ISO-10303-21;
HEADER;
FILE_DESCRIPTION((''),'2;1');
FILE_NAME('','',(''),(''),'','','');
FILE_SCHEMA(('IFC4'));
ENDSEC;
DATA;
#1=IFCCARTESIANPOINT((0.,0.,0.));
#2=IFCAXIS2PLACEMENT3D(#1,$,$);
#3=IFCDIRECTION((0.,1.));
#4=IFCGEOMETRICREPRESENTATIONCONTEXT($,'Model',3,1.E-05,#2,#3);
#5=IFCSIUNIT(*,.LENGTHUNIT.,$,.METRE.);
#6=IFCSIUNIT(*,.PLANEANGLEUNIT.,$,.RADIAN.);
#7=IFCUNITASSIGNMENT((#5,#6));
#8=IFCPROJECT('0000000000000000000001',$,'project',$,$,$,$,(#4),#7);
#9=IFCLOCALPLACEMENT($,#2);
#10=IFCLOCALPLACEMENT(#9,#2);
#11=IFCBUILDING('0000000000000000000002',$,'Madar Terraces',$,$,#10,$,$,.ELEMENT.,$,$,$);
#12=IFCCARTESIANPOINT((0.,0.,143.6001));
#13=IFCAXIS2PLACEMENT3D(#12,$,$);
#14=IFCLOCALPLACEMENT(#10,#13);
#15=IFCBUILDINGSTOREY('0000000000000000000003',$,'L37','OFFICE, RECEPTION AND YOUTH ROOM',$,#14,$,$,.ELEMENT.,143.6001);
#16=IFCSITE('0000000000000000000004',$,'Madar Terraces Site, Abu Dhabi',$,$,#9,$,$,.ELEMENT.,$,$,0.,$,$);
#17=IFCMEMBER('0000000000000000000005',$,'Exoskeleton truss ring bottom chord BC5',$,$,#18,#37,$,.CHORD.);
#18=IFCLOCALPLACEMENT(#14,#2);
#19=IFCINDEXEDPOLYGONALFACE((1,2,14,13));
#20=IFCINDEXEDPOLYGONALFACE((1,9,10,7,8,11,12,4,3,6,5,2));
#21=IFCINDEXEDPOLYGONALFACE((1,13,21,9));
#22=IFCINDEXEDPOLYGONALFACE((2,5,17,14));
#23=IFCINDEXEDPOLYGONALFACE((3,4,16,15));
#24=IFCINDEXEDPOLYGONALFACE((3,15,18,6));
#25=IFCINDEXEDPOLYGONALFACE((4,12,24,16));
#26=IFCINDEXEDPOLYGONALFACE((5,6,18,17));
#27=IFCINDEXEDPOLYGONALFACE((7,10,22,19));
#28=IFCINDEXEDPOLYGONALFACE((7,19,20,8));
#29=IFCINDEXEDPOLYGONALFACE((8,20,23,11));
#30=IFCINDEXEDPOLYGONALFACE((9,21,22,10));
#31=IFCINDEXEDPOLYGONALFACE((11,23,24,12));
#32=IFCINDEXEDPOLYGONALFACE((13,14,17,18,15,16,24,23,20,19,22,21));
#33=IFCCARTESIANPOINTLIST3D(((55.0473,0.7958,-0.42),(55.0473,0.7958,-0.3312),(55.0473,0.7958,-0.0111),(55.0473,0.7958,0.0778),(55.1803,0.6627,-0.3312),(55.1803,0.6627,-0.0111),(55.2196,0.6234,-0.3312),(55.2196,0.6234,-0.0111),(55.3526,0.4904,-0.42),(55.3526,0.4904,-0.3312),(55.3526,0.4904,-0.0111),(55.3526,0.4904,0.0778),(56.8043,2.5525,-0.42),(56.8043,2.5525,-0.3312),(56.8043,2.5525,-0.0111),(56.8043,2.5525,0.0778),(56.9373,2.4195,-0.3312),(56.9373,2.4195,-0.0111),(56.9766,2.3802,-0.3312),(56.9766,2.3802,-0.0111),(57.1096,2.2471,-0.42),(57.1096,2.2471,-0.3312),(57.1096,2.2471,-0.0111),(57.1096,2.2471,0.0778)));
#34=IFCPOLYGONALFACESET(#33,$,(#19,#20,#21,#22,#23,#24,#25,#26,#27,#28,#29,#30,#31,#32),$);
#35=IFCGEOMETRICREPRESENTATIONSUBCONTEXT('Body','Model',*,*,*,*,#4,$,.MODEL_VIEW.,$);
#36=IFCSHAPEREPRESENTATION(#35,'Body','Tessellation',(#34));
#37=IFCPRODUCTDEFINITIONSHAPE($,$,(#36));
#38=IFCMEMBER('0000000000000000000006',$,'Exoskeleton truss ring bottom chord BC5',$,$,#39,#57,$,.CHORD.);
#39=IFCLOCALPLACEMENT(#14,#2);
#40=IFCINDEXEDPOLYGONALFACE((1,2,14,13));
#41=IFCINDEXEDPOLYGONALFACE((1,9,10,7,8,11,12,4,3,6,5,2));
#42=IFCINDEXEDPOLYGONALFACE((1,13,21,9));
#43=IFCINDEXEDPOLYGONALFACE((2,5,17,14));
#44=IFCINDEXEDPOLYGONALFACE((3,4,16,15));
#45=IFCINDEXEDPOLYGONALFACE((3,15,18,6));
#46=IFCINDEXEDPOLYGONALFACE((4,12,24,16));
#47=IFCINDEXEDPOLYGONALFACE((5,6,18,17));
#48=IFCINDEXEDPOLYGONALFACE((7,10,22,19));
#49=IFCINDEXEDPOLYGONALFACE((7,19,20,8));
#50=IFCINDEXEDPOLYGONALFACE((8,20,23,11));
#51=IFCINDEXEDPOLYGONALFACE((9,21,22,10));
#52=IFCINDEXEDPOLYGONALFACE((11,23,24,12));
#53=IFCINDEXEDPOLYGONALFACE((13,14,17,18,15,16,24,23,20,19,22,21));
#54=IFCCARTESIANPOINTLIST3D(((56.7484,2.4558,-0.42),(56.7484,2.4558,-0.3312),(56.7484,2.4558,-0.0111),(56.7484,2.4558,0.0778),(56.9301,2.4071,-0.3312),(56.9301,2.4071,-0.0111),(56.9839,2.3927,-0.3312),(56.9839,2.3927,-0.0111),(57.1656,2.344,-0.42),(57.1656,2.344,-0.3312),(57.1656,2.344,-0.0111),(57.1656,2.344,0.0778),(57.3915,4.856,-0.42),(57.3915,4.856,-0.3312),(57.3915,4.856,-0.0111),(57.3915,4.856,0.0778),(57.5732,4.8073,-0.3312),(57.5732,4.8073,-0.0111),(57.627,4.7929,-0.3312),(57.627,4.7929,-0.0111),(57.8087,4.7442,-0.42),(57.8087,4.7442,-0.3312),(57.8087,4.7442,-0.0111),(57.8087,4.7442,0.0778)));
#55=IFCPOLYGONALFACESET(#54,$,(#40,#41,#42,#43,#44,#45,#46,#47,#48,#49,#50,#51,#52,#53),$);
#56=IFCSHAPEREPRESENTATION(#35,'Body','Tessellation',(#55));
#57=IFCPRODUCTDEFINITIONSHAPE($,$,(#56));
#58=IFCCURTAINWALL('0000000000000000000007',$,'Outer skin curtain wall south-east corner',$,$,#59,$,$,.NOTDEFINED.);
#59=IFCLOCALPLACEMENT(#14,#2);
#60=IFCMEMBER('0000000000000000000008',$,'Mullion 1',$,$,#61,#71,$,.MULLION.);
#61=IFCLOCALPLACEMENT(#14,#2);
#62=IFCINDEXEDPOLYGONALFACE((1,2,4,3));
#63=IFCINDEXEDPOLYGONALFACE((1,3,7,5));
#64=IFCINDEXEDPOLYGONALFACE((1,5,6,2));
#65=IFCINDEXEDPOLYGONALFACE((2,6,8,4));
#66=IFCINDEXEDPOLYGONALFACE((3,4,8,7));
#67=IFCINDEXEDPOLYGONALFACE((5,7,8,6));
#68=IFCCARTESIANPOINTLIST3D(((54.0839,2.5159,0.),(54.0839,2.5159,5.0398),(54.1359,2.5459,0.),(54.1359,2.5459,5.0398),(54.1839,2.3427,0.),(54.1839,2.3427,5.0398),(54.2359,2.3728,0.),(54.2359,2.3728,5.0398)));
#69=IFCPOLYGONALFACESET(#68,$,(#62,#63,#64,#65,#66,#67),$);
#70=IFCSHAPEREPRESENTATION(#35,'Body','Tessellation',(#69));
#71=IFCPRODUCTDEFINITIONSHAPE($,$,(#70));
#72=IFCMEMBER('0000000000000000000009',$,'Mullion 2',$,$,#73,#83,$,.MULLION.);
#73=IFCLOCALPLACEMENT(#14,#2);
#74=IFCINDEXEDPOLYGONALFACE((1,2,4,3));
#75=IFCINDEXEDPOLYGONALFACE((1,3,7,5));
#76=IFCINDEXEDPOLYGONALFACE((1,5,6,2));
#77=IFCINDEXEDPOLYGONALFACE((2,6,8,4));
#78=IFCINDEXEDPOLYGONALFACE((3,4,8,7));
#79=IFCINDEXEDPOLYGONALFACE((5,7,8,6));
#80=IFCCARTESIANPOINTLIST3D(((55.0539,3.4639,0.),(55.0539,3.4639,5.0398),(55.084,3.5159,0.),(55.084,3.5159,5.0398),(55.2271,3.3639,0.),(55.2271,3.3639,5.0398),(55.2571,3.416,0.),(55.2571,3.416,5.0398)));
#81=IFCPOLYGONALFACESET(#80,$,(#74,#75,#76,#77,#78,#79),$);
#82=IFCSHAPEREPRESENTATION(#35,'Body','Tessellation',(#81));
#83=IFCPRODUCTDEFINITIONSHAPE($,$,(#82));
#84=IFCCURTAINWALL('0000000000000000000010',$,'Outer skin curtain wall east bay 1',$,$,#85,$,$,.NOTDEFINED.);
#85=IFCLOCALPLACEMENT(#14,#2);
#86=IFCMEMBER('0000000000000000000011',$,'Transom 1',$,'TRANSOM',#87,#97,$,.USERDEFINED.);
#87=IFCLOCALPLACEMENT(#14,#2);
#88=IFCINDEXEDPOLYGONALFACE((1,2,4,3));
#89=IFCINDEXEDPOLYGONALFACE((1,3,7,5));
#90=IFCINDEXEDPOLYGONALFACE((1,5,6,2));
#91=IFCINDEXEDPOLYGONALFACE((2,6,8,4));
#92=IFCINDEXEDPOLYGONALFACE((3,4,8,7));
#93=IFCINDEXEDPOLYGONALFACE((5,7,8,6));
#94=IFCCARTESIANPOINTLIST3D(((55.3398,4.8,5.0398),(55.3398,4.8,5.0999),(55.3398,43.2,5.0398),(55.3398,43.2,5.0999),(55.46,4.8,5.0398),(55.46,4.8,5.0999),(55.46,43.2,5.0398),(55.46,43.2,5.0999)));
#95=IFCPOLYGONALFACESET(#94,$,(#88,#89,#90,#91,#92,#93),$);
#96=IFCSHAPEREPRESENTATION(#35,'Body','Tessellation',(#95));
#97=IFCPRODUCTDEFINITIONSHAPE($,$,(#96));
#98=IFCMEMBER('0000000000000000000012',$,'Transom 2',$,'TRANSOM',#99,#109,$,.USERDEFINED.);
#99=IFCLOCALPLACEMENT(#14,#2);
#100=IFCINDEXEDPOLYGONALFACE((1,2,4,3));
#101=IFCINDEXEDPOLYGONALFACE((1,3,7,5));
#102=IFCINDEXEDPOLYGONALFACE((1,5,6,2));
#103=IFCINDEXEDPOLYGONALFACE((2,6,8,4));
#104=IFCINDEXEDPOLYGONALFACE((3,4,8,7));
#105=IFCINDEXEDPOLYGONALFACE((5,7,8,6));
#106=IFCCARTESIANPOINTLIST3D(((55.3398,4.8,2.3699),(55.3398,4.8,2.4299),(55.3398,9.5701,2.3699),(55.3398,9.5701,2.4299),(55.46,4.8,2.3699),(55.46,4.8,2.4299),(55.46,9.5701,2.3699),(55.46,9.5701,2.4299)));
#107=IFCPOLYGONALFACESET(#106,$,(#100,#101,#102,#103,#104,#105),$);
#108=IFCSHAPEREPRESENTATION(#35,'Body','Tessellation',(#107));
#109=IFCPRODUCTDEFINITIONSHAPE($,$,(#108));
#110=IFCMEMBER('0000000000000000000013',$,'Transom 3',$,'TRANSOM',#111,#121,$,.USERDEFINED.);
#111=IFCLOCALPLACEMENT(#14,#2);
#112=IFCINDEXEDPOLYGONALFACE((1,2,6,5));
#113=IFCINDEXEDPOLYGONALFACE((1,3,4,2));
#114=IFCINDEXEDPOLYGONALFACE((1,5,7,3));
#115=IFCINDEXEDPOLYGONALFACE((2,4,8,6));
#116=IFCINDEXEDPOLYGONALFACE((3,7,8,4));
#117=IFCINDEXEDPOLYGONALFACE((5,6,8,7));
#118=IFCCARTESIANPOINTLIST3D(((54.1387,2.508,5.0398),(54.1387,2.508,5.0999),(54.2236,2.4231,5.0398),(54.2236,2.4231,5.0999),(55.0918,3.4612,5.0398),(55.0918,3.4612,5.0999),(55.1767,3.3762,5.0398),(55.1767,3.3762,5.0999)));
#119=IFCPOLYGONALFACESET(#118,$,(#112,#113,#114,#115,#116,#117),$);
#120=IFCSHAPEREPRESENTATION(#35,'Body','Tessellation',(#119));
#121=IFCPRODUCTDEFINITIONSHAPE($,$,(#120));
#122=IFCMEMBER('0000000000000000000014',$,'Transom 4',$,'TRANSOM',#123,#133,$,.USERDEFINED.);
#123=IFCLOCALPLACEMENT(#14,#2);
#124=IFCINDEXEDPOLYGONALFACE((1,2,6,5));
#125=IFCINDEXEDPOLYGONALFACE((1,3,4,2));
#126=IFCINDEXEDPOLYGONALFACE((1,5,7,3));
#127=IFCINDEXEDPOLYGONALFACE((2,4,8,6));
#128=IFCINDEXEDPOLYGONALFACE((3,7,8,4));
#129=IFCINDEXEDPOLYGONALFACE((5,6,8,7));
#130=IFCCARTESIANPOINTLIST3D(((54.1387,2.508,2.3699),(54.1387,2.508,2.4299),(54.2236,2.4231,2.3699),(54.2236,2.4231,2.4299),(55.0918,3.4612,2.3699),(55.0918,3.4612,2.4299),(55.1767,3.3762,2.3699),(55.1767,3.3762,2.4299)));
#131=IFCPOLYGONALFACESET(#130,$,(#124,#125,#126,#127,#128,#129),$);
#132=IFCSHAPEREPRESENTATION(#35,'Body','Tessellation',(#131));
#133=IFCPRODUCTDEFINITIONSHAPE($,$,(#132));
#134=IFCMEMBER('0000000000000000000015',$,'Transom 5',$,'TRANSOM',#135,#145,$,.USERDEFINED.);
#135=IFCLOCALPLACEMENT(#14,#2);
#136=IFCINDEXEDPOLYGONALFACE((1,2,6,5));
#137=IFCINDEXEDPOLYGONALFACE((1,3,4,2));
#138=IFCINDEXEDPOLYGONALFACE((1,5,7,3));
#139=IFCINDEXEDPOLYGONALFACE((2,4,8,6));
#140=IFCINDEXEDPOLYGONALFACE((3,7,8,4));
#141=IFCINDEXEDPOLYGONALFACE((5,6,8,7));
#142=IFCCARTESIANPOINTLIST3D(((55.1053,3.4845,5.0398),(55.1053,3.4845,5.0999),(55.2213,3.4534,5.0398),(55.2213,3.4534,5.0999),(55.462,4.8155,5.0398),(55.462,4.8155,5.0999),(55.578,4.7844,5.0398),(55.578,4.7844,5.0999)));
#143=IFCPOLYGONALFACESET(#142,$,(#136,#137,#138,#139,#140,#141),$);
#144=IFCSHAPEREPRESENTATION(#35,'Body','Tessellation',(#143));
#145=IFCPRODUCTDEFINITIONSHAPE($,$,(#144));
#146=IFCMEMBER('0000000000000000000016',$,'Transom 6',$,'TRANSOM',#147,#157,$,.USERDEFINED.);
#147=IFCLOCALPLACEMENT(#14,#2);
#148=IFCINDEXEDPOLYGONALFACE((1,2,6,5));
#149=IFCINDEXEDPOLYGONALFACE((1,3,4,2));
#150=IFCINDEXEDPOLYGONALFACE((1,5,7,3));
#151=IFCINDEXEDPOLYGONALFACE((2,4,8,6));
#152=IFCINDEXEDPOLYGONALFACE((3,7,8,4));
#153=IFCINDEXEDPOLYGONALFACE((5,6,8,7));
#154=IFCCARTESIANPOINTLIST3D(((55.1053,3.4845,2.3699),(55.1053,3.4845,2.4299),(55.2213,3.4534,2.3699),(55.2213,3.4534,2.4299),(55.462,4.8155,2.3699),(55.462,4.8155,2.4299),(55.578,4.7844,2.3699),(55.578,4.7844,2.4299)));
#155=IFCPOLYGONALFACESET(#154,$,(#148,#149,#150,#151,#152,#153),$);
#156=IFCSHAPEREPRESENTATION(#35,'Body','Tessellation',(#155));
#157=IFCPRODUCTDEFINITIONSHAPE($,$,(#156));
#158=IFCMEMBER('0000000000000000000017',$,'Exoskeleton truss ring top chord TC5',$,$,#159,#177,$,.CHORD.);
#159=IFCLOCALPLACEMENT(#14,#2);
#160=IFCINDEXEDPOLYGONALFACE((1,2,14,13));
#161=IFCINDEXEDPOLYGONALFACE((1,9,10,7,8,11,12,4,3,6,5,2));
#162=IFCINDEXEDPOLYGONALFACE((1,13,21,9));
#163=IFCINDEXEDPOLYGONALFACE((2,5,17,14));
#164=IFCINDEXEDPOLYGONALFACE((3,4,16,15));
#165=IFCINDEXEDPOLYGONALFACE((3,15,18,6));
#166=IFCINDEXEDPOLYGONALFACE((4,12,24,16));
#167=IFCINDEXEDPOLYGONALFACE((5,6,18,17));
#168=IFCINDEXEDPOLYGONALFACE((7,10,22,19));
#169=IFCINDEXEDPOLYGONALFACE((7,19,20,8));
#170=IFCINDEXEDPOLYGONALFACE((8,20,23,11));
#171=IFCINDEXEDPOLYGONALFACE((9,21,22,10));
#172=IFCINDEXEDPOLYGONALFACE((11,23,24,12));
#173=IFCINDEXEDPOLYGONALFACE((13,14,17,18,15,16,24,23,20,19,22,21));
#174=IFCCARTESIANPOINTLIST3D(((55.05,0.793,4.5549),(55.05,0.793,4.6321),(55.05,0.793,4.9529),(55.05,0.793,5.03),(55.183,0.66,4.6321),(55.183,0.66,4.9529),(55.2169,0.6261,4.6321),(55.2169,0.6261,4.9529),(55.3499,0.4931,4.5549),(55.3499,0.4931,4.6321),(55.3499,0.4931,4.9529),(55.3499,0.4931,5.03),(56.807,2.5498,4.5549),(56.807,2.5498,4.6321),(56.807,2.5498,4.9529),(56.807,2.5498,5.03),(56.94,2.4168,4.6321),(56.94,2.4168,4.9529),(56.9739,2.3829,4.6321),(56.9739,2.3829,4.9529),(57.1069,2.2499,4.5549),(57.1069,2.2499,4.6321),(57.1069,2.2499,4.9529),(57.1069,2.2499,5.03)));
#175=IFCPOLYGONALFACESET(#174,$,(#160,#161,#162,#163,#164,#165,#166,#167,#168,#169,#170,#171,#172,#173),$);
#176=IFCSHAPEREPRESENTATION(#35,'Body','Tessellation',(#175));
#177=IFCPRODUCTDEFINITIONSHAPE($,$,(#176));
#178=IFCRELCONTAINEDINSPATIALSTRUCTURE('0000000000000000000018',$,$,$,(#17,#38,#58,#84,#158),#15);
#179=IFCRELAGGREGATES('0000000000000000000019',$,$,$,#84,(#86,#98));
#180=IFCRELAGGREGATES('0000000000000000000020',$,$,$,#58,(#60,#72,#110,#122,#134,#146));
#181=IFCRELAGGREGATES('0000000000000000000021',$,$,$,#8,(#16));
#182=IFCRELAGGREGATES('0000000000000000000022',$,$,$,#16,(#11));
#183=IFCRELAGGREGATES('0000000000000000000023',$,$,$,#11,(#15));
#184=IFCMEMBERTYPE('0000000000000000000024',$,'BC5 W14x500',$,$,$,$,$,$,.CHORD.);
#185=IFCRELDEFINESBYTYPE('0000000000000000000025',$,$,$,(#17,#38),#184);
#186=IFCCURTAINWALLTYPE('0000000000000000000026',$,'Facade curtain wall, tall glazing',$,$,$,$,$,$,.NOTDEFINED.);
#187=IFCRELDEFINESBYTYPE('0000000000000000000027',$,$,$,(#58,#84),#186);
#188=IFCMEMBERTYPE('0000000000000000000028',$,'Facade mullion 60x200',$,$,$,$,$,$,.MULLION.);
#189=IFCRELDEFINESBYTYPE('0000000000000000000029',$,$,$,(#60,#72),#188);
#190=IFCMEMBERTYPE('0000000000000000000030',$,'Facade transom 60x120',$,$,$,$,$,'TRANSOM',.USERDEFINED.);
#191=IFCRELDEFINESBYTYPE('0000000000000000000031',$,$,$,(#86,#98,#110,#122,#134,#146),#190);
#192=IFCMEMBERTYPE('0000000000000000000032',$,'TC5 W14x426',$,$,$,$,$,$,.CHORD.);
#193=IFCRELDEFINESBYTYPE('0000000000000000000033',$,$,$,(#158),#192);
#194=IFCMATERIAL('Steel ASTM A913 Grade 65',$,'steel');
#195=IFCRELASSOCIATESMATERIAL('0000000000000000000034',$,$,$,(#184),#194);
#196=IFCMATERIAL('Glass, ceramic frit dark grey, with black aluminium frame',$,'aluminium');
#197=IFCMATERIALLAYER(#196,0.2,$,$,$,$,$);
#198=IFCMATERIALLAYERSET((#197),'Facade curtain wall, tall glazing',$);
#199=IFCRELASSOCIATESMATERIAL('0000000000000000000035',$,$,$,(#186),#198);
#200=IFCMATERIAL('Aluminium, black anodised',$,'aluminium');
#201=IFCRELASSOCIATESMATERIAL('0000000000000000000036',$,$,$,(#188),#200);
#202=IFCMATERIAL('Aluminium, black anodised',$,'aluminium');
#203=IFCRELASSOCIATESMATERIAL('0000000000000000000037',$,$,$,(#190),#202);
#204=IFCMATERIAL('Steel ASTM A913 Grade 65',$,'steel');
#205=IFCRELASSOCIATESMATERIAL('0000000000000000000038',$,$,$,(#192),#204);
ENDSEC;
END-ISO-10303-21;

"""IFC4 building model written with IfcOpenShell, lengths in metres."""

from ifc_helpers import new_model, si_unit, direction, frame, origin, origin_2d, place, context, subcontext, project, spatial, rectangle, i_section, extrude, material, layer, layer_set, material_profile, profile_set, type_object, element, aggregate, save


model = new_model("IFC4")

# Units and contexts
model_context = context("Model", 3, precision=1e-05, world=origin(), true_north=direction((0.0, 1.0)))
body_context = subcontext(model_context, "Body", "Model", "MODEL_VIEW")
ifc_project = project(units=[si_unit("LENGTHUNIT", "METRE"), si_unit("PLANEANGLEUNIT", "RADIAN")], contexts=[model_context])

# Site, building, storey
site_placement = place(None, origin())
site = spatial("IfcSite", under=ifc_project, at=site_placement, Name="Madar Terraces Site, Abu Dhabi", CompositionType="ELEMENT", RefElevation=0.0)
building_placement = place(site_placement, origin())
building = spatial("IfcBuilding", under=site, at=building_placement, Name="Madar Terraces", CompositionType="ELEMENT")
storey_placement = place(building_placement, frame((0.0, 0.0, 143.6001)))
storey = spatial("IfcBuildingStorey", under=building, at=storey_placement, Name="L37", Description="OFFICE, RECEPTION AND YOUTH ROOM", CompositionType="ELEMENT", Elevation=143.6001)

# Members
ifc_material_1 = material(Name="Steel ASTM A913 Grade 65", Category="steel")
ifc_material_profile_1 = material_profile(ifc_material_1, i_section(OverallWidth=0.4319, OverallDepth=0.4978, WebThickness=0.0557, FlangeThickness=0.0889, at=origin_2d()), Name="W14x500")
ifc_profile_set_1 = profile_set([ifc_material_profile_1], Name="Steel ASTM A913 Grade 65")
member_type_1 = type_object("IfcMemberType", Name="BC5 W14x500", PredefinedType="CHORD", material=ifc_profile_set_1)
member_1_placement = place(storey_placement, frame((55.2, 0.6431, -0.1711), z_axis=(0.707156, 0.707058, 0.0), x_axis=(-0.707058, 0.707156, 0.0)))
element("IfcMember", 1, at=member_1_placement, inside=storey, type_object=member_type_1, Name="Exoskeleton truss ring bottom chord BC5", PredefinedType="CHORD", context=body_context, shape_type="SweptSolid", body=[
    extrude(i_section(OverallWidth=0.4319, OverallDepth=0.4978, WebThickness=0.0557, FlangeThickness=0.0889, at=origin_2d()), origin(), (0.0, 0.0, 1.0), 2.4846),
])
member_2_placement = place(storey_placement, frame((56.957, 2.3999, -0.1711), z_axis=(0.2588, 0.965931, 0.0), x_axis=(-0.965931, 0.2588, 0.0)))
element("IfcMember", 2, at=member_2_placement, inside=storey, type_object=member_type_1, Name="Exoskeleton truss ring bottom chord BC5", PredefinedType="CHORD", context=body_context, shape_type="SweptSolid", body=[
    extrude(i_section(OverallWidth=0.4319, OverallDepth=0.4978, WebThickness=0.0557, FlangeThickness=0.0889, at=origin_2d()), origin(), (0.0, 0.0, 1.0), 2.4849),
])

# Curtain walls, members
ifc_material_2 = material(Name="Glass, ceramic frit dark grey, with black aluminium frame", Category="aluminium")
ifc_layer_1 = layer(ifc_material_2, 0.2)
ifc_layer_set_1 = layer_set([ifc_layer_1], Name="Facade curtain wall, tall glazing")
curtain_wall_type = type_object("IfcCurtainWallType", Name="Facade curtain wall, tall glazing", PredefinedType="NOTDEFINED", material=ifc_layer_set_1)
curtain_wall_1_placement = place(storey_placement, origin())
curtain_wall_1 = element("IfcCurtainWall", 3, at=curtain_wall_1_placement, inside=storey, type_object=curtain_wall_type, Name="Outer skin curtain wall south-east corner", PredefinedType="NOTDEFINED")
ifc_material_3 = material(Name="Aluminium, black anodised", Category="aluminium")
ifc_material_profile_2 = material_profile(ifc_material_3, rectangle(XDim=0.2, YDim=0.0601, at=origin_2d()), Name="Facade mullion 60x200")
ifc_profile_set_2 = profile_set([ifc_material_profile_2], Name="Aluminium, black anodised")
member_type_2 = type_object("IfcMemberType", Name="Facade mullion 60x200", PredefinedType="MULLION", material=ifc_profile_set_2)
member_3_placement = place(storey_placement, frame((54.1599, 2.4443, 0.0), z_axis=(0.0, 0.0, 1.0), x_axis=(-0.5, 0.866025, 0.0)))
member_3 = element("IfcMember", 4, at=member_3_placement, type_object=member_type_2, Name="Mullion 1", PredefinedType="MULLION", context=body_context, shape_type="SweptSolid", body=[
    extrude(rectangle(XDim=0.2, YDim=0.0601, at=origin_2d()), origin(), (0.0, 0.0, 1.0), 5.0398),
])
member_4_placement = place(storey_placement, frame((55.1555, 3.4399, 0.0), z_axis=(0.0, 0.0, 1.0), x_axis=(-0.866025, 0.5, 0.0)))
member_4 = element("IfcMember", 5, at=member_4_placement, type_object=member_type_2, Name="Mullion 2", PredefinedType="MULLION", context=body_context, shape_type="SweptSolid", body=[
    extrude(rectangle(XDim=0.2, YDim=0.0601, at=origin_2d()), origin(), (0.0, 0.0, 1.0), 5.0398),
])
curtain_wall_2_placement = place(storey_placement, origin())
curtain_wall_2 = element("IfcCurtainWall", 6, at=curtain_wall_2_placement, inside=storey, type_object=curtain_wall_type, Name="Outer skin curtain wall east bay 1", PredefinedType="NOTDEFINED")
ifc_material_4 = material(Name="Aluminium, black anodised", Category="aluminium")
ifc_material_profile_3 = material_profile(ifc_material_4, rectangle(XDim=0.1201, YDim=0.0601, at=origin_2d()), Name="Facade transom 60x120")
ifc_profile_set_3 = profile_set([ifc_material_profile_3], Name="Aluminium, black anodised")
member_type_3 = type_object("IfcMemberType", Name="Facade transom 60x120", ElementType="TRANSOM", PredefinedType="USERDEFINED", material=ifc_profile_set_3)
member_5_placement = place(storey_placement, frame((55.3999, 4.8, 5.0698), z_axis=(0.0, 1.0, 0.0), x_axis=(-1.0, 0.0, 0.0)))
member_5 = element("IfcMember", 7, at=member_5_placement, type_object=member_type_3, Name="Transom 1", ObjectType="TRANSOM", PredefinedType="USERDEFINED", context=body_context, shape_type="SweptSolid", body=[
    extrude(rectangle(XDim=0.1201, YDim=0.0601, at=origin_2d()), origin(), (0.0, 0.0, 1.0), 38.3999),
])
member_6_placement = place(storey_placement, frame((55.3999, 4.8, 2.3999), z_axis=(0.0, 1.0, 0.0), x_axis=(-1.0, 0.0, 0.0)))
member_6 = element("IfcMember", 8, at=member_6_placement, type_object=member_type_3, Name="Transom 2", ObjectType="TRANSOM", PredefinedType="USERDEFINED", context=body_context, shape_type="SweptSolid", body=[
    extrude(rectangle(XDim=0.1201, YDim=0.0601, at=origin_2d()), origin(), (0.0, 0.0, 1.0), 4.77),
])
aggregate(curtain_wall_2, [member_5, member_6])

# Members
member_7_placement = place(storey_placement, frame((54.1812, 2.4656, 5.0698), z_axis=(0.707107, 0.707107, 0.0), x_axis=(-0.707107, 0.707107, 0.0)))
member_7 = element("IfcMember", 9, at=member_7_placement, type_object=member_type_3, Name="Transom 3", ObjectType="TRANSOM", PredefinedType="USERDEFINED", context=body_context, shape_type="SweptSolid", body=[
    extrude(rectangle(XDim=0.1201, YDim=0.0601, at=origin_2d()), origin(), (0.0, 0.0, 1.0), 1.3479),
])
member_8_placement = place(storey_placement, frame((54.1812, 2.4656, 2.3999), z_axis=(0.707107, 0.707107, 0.0), x_axis=(-0.707107, 0.707107, 0.0)))
member_8 = element("IfcMember", 10, at=member_8_placement, type_object=member_type_3, Name="Transom 4", ObjectType="TRANSOM", PredefinedType="USERDEFINED", context=body_context, shape_type="SweptSolid", body=[
    extrude(rectangle(XDim=0.1201, YDim=0.0601, at=origin_2d()), origin(), (0.0, 0.0, 1.0), 1.3479),
])
member_9_placement = place(storey_placement, frame((55.1633, 3.469, 5.0698), z_axis=(0.258842, 0.96592, 0.0), x_axis=(-0.96592, 0.258842, 0.0)))
member_9 = element("IfcMember", 11, at=member_9_placement, type_object=member_type_3, Name="Transom 5", ObjectType="TRANSOM", PredefinedType="USERDEFINED", context=body_context, shape_type="SweptSolid", body=[
    extrude(rectangle(XDim=0.1201, YDim=0.0601, at=origin_2d()), origin(), (0.0, 0.0, 1.0), 1.3779),
])
member_10_placement = place(storey_placement, frame((55.1633, 3.469, 2.3999), z_axis=(0.258842, 0.96592, 0.0), x_axis=(-0.96592, 0.258842, 0.0)))
member_10 = element("IfcMember", 12, at=member_10_placement, type_object=member_type_3, Name="Transom 6", ObjectType="TRANSOM", PredefinedType="USERDEFINED", context=body_context, shape_type="SweptSolid", body=[
    extrude(rectangle(XDim=0.1201, YDim=0.0601, at=origin_2d()), origin(), (0.0, 0.0, 1.0), 1.3779),
])

# Member
ifc_material_5 = material(Name="Steel ASTM A913 Grade 65", Category="steel")
ifc_material_profile_4 = material_profile(ifc_material_5, i_section(OverallWidth=0.4241, OverallDepth=0.4751, WebThickness=0.0479, FlangeThickness=0.0771, at=origin_2d()), Name="W14x426")
ifc_profile_set_4 = profile_set([ifc_material_profile_4], Name="Steel ASTM A913 Grade 65")
member_type_4 = type_object("IfcMemberType", Name="TC5 W14x426", PredefinedType="CHORD", material=ifc_profile_set_4)
member_11_placement = place(storey_placement, frame((55.2, 0.6431, 4.7925), z_axis=(0.707156, 0.707058, 0.0), x_axis=(-0.707058, 0.707156, 0.0)))
element("IfcMember", 13, at=member_11_placement, inside=storey, type_object=member_type_4, Name="Exoskeleton truss ring top chord TC5", PredefinedType="CHORD", context=body_context, shape_type="SweptSolid", body=[
    extrude(i_section(OverallWidth=0.4241, OverallDepth=0.4751, WebThickness=0.0479, FlangeThickness=0.0771, at=origin_2d()), origin(), (0.0, 0.0, 1.0), 2.4846),
])

aggregate(curtain_wall_1, [member_3, member_4, member_7, member_8, member_9, member_10])

save(model, "model.ifc")
